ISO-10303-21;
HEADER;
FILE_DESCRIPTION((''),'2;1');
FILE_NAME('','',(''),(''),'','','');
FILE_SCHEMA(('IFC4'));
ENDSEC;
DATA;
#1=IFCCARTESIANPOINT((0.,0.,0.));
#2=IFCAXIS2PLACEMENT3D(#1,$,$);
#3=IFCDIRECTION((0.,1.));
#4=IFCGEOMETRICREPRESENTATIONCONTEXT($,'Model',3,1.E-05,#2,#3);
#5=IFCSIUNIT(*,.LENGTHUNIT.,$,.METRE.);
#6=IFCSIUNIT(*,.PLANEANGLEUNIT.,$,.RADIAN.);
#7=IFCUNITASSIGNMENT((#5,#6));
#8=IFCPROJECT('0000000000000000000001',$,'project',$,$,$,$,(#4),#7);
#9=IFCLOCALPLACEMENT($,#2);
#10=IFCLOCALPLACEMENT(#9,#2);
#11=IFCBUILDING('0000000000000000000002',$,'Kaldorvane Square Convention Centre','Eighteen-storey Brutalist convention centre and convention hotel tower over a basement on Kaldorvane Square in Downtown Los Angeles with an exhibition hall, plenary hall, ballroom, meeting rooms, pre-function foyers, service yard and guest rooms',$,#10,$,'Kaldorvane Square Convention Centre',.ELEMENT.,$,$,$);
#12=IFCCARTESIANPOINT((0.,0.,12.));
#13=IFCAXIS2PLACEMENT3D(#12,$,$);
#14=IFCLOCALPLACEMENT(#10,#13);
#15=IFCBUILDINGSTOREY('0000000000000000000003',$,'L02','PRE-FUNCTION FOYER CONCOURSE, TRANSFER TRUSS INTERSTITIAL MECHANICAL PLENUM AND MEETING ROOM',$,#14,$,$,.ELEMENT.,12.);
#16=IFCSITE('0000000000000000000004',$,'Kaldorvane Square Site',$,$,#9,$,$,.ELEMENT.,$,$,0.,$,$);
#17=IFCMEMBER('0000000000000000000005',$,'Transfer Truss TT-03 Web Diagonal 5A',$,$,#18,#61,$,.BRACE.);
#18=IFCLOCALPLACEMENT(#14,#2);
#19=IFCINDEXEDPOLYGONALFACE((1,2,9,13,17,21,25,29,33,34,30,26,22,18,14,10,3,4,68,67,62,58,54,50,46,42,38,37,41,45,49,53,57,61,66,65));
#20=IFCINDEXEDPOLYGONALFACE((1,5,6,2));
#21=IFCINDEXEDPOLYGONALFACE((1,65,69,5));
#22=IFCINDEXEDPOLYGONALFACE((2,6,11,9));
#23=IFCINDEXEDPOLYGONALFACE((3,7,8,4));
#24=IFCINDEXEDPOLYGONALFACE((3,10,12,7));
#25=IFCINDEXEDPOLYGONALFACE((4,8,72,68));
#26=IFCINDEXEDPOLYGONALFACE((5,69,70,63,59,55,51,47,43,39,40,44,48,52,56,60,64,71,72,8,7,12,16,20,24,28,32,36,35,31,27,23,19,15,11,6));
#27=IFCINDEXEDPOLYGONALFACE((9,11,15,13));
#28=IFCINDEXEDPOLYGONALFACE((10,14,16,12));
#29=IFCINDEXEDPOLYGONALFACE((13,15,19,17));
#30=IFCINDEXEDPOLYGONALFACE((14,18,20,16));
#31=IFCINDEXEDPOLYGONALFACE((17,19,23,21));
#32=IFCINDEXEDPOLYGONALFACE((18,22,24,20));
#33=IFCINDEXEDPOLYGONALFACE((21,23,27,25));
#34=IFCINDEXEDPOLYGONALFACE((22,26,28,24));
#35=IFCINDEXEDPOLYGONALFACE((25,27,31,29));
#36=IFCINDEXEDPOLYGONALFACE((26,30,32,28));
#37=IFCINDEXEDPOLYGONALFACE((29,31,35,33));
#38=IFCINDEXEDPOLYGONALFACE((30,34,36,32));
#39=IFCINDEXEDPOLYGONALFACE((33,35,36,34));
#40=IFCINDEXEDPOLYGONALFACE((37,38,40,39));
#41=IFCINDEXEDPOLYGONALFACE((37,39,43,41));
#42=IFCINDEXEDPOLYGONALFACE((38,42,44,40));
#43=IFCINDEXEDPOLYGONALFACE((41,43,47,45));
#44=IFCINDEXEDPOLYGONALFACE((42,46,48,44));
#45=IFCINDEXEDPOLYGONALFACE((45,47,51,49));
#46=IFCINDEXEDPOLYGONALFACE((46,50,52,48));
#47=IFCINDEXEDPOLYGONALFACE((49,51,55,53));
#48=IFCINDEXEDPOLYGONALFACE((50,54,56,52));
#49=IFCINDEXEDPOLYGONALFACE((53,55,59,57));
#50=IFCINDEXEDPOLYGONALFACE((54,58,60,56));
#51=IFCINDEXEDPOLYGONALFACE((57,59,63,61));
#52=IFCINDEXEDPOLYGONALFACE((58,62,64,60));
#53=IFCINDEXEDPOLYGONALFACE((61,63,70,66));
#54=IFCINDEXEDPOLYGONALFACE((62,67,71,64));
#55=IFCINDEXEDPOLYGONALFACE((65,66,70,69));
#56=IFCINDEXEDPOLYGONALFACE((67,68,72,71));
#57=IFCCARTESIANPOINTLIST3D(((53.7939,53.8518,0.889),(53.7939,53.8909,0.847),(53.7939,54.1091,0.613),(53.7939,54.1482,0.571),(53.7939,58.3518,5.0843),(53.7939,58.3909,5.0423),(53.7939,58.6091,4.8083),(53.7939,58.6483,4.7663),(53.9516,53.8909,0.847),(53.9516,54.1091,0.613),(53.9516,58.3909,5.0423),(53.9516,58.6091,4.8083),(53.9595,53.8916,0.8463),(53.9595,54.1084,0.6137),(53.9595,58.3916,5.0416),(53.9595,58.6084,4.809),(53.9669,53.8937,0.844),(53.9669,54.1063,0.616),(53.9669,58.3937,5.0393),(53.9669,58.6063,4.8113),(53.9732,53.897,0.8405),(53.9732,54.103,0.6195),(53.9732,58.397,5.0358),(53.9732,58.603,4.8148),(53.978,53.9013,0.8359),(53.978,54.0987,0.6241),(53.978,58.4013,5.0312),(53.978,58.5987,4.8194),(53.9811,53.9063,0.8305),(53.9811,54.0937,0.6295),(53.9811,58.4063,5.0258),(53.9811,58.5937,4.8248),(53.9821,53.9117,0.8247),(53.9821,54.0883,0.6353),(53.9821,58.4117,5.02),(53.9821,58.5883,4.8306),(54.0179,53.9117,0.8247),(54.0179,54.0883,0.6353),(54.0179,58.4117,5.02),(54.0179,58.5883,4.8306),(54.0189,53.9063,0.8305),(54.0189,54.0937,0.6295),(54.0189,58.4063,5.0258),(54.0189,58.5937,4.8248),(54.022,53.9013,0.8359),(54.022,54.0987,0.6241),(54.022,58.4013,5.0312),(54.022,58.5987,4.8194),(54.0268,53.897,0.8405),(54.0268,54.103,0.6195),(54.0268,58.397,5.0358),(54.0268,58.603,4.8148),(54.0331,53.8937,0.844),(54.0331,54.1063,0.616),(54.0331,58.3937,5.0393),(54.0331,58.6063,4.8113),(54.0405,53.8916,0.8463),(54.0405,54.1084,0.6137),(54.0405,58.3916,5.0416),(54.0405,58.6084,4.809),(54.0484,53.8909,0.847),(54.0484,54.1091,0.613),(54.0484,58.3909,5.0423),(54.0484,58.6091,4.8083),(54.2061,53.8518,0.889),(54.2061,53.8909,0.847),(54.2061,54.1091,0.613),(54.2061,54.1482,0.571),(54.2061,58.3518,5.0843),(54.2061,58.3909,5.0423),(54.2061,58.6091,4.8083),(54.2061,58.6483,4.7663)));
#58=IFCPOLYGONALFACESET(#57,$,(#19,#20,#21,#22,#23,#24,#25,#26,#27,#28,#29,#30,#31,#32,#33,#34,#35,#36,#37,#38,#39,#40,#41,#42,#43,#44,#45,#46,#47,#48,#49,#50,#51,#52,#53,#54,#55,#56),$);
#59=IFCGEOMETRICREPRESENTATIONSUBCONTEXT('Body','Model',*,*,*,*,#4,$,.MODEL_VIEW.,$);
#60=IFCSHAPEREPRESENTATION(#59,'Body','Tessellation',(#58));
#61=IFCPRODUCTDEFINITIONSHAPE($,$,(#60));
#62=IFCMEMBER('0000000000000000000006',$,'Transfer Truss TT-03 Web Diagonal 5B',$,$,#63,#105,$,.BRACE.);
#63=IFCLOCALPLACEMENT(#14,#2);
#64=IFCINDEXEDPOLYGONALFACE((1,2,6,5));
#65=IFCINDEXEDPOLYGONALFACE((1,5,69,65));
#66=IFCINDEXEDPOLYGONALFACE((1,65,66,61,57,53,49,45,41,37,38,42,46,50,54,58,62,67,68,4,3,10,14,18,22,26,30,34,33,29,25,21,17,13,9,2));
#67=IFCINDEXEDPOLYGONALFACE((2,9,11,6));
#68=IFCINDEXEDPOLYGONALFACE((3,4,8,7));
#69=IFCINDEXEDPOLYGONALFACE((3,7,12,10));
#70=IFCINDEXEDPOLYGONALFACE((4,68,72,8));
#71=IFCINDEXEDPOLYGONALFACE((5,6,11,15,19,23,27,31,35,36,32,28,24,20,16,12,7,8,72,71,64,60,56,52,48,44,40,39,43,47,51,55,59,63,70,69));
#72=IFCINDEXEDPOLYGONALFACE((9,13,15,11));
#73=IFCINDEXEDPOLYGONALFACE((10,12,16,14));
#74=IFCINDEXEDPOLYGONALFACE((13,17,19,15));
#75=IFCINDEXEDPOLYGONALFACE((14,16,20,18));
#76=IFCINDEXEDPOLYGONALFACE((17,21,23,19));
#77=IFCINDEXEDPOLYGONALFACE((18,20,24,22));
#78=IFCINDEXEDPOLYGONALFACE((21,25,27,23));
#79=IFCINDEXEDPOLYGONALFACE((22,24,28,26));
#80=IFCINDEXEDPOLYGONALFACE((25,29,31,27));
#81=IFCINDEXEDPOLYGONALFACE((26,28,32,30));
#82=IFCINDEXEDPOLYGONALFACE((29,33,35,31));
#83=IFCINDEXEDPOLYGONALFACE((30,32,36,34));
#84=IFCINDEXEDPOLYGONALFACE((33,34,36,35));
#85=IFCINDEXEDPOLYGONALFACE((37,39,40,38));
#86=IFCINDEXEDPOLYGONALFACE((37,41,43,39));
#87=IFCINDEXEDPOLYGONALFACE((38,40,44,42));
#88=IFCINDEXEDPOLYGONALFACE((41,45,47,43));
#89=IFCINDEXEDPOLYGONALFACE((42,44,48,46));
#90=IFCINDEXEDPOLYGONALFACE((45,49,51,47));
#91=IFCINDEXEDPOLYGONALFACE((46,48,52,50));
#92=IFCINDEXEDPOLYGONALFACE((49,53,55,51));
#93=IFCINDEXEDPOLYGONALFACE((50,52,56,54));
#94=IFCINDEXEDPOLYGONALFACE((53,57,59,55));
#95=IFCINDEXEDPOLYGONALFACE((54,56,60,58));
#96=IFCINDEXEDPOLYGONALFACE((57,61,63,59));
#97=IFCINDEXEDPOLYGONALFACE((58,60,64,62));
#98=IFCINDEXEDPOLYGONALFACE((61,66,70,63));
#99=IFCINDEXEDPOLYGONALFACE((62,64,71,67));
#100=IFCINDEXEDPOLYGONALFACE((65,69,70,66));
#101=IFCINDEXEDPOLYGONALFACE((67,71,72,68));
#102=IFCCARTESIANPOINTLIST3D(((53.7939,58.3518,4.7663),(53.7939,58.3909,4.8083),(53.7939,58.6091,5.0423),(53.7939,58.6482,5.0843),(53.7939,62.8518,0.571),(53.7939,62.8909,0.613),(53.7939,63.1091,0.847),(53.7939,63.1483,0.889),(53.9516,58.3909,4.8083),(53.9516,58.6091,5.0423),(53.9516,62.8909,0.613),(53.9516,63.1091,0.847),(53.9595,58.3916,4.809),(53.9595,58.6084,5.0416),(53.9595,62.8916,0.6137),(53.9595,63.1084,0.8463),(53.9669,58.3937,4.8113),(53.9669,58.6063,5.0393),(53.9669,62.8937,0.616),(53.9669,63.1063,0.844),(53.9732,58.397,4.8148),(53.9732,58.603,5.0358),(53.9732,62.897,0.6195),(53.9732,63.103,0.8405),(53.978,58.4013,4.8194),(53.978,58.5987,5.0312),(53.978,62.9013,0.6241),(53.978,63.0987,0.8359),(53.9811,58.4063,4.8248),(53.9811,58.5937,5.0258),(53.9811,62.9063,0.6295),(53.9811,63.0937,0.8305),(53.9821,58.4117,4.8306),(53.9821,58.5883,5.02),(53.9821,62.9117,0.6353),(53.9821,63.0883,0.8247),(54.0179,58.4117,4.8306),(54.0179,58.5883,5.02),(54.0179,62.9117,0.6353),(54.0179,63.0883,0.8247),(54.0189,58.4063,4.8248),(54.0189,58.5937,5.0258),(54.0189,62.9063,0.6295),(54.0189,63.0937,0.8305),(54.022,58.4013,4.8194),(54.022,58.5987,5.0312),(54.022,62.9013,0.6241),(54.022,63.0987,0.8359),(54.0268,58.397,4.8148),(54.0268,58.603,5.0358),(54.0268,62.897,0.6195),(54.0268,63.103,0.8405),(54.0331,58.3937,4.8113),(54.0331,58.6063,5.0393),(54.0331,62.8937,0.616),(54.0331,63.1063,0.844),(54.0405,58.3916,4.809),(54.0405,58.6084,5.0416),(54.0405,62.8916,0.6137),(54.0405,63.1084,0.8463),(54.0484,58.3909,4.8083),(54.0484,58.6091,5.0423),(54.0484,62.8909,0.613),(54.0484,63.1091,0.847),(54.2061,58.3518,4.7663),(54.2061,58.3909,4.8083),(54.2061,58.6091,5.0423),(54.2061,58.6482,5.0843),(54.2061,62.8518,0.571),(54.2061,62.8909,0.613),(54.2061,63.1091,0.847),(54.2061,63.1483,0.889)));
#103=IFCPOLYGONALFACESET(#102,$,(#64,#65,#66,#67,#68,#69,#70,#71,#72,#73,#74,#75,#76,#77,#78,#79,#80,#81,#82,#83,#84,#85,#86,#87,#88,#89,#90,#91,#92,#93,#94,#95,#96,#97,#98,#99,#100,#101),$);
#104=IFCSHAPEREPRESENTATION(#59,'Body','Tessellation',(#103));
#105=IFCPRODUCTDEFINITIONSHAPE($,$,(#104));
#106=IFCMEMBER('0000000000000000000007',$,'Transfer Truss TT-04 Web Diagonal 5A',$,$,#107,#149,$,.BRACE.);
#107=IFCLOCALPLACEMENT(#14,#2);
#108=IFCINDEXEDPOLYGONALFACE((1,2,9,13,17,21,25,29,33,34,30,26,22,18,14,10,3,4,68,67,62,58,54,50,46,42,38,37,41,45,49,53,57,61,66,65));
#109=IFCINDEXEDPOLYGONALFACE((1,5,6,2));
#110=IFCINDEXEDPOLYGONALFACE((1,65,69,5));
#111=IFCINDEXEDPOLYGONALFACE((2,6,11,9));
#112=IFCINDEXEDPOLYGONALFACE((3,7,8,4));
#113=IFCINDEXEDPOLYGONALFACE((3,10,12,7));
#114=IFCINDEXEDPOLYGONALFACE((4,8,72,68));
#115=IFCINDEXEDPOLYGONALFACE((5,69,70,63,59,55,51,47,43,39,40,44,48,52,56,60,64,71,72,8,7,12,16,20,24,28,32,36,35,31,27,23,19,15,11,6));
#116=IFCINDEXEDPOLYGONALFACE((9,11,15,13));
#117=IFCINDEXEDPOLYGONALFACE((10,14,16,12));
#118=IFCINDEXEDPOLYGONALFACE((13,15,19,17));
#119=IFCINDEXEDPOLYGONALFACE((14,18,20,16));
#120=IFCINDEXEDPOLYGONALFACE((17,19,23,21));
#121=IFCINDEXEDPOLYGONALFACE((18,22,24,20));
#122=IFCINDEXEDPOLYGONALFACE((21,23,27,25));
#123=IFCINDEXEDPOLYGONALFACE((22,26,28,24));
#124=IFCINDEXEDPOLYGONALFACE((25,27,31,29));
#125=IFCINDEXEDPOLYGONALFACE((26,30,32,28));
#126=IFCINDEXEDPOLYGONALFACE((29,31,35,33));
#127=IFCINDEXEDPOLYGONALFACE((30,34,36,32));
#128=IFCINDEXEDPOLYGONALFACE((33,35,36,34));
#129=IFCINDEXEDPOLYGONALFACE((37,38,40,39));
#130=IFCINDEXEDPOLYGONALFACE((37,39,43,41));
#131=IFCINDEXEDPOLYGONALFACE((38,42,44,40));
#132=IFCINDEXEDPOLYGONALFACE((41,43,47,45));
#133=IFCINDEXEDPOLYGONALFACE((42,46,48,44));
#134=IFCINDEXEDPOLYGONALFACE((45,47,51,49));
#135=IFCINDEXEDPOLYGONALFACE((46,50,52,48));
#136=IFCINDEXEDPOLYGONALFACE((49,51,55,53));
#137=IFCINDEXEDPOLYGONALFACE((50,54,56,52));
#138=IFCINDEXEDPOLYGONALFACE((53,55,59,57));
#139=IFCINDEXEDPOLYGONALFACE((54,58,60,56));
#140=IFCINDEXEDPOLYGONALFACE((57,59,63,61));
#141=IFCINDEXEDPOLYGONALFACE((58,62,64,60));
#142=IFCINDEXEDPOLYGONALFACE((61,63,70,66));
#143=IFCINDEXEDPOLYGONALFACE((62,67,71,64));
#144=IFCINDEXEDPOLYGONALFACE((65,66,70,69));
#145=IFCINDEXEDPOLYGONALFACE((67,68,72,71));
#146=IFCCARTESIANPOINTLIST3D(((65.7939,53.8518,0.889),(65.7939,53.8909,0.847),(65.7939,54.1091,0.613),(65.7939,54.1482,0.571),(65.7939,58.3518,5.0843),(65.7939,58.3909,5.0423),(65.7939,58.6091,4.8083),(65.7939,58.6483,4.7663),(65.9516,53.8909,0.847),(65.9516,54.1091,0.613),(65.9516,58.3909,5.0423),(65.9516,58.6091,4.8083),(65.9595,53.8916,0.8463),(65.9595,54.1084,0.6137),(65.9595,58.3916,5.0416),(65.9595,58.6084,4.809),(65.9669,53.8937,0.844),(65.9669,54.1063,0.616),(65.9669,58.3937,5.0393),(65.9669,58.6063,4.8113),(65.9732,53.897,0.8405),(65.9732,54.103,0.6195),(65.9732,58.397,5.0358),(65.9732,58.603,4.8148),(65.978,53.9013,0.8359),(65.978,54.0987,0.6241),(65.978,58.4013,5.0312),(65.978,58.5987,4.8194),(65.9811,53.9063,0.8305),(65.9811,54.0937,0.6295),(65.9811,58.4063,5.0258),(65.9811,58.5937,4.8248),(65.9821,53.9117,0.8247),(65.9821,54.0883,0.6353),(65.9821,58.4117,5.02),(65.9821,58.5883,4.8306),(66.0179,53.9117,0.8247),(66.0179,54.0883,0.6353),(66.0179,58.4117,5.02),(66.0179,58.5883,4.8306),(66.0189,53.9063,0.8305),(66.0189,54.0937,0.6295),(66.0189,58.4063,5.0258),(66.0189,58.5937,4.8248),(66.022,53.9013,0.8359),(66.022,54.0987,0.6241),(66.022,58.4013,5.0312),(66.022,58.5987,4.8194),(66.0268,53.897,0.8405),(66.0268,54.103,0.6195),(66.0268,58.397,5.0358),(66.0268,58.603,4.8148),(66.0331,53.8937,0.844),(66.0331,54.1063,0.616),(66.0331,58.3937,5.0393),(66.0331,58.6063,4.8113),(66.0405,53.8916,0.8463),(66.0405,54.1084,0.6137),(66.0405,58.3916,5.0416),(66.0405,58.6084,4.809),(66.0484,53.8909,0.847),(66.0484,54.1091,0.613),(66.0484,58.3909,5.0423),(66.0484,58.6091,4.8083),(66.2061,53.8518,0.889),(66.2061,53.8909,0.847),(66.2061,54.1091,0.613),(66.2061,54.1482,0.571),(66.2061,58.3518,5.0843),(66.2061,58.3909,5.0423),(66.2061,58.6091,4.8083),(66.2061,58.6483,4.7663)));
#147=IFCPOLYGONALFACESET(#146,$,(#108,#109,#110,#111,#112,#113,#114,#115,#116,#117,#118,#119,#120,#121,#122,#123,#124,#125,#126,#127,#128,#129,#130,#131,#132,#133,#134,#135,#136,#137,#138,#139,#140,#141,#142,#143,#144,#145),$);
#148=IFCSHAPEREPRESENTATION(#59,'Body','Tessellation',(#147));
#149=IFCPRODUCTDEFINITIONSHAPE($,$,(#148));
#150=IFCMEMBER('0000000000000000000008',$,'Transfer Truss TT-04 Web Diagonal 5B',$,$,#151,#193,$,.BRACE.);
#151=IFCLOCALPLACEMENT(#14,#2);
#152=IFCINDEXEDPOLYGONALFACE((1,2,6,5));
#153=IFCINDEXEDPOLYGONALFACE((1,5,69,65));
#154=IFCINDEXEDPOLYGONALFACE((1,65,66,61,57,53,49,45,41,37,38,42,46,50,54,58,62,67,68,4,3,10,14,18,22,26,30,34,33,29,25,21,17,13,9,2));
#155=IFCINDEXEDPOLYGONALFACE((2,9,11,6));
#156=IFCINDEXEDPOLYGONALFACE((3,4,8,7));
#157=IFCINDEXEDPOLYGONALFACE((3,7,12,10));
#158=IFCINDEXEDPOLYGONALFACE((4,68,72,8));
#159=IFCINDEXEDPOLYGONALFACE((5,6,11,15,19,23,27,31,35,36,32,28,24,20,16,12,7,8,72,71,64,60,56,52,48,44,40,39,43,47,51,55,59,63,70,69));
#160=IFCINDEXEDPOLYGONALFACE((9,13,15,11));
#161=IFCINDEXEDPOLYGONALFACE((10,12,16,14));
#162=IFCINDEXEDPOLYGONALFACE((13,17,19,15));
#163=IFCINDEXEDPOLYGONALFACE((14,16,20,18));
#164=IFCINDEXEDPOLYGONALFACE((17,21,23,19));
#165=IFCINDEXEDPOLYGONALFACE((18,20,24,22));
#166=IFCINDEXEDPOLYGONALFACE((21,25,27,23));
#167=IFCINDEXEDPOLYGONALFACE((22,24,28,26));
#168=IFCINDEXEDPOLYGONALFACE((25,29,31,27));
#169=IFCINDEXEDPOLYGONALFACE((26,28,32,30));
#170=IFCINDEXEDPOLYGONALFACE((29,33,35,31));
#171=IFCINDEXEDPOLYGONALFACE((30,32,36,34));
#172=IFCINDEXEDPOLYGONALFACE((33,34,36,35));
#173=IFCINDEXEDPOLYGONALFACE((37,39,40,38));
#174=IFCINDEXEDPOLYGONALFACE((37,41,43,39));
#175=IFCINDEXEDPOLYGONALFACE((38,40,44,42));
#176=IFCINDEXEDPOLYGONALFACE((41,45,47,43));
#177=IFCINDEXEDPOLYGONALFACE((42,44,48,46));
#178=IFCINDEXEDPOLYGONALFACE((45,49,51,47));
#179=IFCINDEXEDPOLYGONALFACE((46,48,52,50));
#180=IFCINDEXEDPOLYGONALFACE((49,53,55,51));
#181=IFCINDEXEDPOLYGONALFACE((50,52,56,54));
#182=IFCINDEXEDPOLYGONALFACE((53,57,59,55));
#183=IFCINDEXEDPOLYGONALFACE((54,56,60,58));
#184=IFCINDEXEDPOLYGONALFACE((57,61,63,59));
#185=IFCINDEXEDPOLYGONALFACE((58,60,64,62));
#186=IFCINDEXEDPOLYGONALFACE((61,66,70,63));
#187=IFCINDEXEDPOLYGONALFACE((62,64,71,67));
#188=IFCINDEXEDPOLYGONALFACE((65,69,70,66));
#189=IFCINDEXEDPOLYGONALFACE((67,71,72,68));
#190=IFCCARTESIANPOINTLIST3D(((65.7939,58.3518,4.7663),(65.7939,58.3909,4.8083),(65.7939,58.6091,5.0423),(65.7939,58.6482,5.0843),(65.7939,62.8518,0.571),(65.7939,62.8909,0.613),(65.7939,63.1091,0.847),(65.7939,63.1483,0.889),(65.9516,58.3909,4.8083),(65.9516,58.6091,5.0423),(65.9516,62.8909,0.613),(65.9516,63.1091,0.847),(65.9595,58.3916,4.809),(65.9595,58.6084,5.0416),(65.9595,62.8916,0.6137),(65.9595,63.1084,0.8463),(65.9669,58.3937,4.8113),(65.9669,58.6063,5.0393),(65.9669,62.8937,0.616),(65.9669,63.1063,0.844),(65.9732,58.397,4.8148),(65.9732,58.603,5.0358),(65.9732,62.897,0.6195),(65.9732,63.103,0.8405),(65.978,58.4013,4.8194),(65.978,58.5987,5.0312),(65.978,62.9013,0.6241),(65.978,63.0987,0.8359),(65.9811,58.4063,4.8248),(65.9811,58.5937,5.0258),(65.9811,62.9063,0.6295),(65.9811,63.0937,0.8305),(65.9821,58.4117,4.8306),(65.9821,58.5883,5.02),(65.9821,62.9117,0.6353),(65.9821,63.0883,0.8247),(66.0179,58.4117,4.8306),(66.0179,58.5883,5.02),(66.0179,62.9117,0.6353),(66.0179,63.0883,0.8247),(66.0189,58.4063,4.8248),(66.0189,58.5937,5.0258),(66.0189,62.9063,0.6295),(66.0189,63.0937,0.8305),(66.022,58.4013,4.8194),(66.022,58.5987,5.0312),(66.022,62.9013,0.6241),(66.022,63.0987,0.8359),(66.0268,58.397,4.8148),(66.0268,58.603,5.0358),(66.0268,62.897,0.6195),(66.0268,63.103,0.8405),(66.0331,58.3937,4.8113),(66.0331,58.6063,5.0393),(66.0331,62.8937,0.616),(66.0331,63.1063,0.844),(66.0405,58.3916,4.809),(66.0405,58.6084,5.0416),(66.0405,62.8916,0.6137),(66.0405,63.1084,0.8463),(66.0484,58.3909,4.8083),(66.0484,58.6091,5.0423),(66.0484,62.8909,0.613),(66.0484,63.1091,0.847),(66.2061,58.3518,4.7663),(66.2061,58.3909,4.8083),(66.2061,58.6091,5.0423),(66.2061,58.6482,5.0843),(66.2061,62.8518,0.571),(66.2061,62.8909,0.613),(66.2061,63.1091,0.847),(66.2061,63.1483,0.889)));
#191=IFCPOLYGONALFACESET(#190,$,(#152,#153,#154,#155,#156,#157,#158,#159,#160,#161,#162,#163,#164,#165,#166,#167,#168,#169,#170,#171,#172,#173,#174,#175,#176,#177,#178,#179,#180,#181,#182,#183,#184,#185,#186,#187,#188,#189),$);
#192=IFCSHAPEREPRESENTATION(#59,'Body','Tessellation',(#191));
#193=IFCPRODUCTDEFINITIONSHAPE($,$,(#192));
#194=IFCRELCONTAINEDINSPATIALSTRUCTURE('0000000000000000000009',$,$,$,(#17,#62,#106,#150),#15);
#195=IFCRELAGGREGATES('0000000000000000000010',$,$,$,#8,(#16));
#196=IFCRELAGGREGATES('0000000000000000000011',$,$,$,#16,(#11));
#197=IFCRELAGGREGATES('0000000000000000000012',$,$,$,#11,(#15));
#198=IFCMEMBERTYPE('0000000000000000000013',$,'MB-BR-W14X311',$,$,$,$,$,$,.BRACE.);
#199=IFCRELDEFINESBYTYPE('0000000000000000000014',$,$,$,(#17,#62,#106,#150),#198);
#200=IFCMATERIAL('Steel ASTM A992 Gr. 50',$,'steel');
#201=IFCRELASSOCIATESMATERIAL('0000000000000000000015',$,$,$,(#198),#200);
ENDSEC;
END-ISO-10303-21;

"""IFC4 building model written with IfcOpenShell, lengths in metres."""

from ifc_helpers import new_model, si_unit, direction, frame, origin, origin_2d, place, context, subcontext, project, spatial, i_section, extrude, material, material_profile, profile_set, type_object, element, save


model = new_model("IFC4")

# Units and contexts
model_context = context("Model", 3, precision=1e-05, world=origin(), true_north=direction((0.0, 1.0)))
body_context = subcontext(model_context, "Body", "Model", "MODEL_VIEW")
ifc_project = project(units=[si_unit("LENGTHUNIT", "METRE"), si_unit("PLANEANGLEUNIT", "RADIAN")], contexts=[model_context])

# Site, building, storey
site_placement = place(None, origin())
site = spatial("IfcSite", under=ifc_project, at=site_placement, Name="Kaldorvane Square Site", CompositionType="ELEMENT", RefElevation=0.0)
building_placement = place(site_placement, origin())
building = spatial("IfcBuilding", under=site, at=building_placement, Name="Kaldorvane Square Convention Centre", Description="Eighteen-storey Brutalist convention centre and convention hotel tower over a basement on Kaldorvane Square in Downtown Los Angeles with an exhibition hall, plenary hall, ballroom, meeting rooms, pre-function foyers, service yard and guest rooms", LongName="Kaldorvane Square Convention Centre", CompositionType="ELEMENT")
storey_placement = place(building_placement, frame((0.0, 0.0, 12.0)))
storey = spatial("IfcBuildingStorey", under=building, at=storey_placement, Name="L02", Description="PRE-FUNCTION FOYER CONCOURSE, TRANSFER TRUSS INTERSTITIAL MECHANICAL PLENUM AND MEETING ROOM", CompositionType="ELEMENT", Elevation=12.0)

# Shared definitions
ifc_material_1 = material(Name="Steel ASTM A992 Gr. 50", Category="steel")

# Members
ifc_material_profile_1 = material_profile(ifc_material_1, i_section(OverallWidth=0.4122, OverallDepth=0.4348, WebThickness=0.0358, FlangeThickness=0.0574, FilletRadius=0.0305, at=origin_2d()), Name="W14X311")
ifc_profile_set_1 = profile_set([ifc_material_profile_1], Name="Steel ASTM A992 Gr. 50")
member_type_1 = type_object("IfcMemberType", Name="MB-BR-W14X311", PredefinedType="BRACE", material=ifc_profile_set_1)
for number, where, z_axis, x_axis, name in (
    (1, (54.0, 54.0, 0.73), (0.0, 0.731436, 0.68191), (-1.0, 0.0, 0.0), "Transfer Truss TT-03 Web Diagonal 5A"),
    (2, (54.0, 58.5, 4.9253), (0.0, 0.731436, -0.68191), (-1.0, 0.0, 0.0), "Transfer Truss TT-03 Web Diagonal 5B"),
    (3, (66.0, 54.0, 0.73), (0.0, 0.731436, 0.68191), (-1.0, 0.0, 0.0), "Transfer Truss TT-04 Web Diagonal 5A"),
    (4, (66.0, 58.5, 4.9253), (0.0, 0.731436, -0.68191), (-1.0, 0.0, 0.0), "Transfer Truss TT-04 Web Diagonal 5B"),
):
    element("IfcMember", number, at=place(storey_placement, frame(where, z_axis=z_axis, x_axis=x_axis)), inside=storey, type_object=member_type_1, Name=name, PredefinedType="BRACE", context=body_context, shape_type="SweptSolid", body=[
        extrude(i_section(OverallWidth=0.4122, OverallDepth=0.4348, WebThickness=0.0358, FlangeThickness=0.0574, FilletRadius=0.0305, at=origin_2d()), origin(), (0.0, 0.0, 1.0), 6.1523),
    ])

save(model, "model.ifc")
